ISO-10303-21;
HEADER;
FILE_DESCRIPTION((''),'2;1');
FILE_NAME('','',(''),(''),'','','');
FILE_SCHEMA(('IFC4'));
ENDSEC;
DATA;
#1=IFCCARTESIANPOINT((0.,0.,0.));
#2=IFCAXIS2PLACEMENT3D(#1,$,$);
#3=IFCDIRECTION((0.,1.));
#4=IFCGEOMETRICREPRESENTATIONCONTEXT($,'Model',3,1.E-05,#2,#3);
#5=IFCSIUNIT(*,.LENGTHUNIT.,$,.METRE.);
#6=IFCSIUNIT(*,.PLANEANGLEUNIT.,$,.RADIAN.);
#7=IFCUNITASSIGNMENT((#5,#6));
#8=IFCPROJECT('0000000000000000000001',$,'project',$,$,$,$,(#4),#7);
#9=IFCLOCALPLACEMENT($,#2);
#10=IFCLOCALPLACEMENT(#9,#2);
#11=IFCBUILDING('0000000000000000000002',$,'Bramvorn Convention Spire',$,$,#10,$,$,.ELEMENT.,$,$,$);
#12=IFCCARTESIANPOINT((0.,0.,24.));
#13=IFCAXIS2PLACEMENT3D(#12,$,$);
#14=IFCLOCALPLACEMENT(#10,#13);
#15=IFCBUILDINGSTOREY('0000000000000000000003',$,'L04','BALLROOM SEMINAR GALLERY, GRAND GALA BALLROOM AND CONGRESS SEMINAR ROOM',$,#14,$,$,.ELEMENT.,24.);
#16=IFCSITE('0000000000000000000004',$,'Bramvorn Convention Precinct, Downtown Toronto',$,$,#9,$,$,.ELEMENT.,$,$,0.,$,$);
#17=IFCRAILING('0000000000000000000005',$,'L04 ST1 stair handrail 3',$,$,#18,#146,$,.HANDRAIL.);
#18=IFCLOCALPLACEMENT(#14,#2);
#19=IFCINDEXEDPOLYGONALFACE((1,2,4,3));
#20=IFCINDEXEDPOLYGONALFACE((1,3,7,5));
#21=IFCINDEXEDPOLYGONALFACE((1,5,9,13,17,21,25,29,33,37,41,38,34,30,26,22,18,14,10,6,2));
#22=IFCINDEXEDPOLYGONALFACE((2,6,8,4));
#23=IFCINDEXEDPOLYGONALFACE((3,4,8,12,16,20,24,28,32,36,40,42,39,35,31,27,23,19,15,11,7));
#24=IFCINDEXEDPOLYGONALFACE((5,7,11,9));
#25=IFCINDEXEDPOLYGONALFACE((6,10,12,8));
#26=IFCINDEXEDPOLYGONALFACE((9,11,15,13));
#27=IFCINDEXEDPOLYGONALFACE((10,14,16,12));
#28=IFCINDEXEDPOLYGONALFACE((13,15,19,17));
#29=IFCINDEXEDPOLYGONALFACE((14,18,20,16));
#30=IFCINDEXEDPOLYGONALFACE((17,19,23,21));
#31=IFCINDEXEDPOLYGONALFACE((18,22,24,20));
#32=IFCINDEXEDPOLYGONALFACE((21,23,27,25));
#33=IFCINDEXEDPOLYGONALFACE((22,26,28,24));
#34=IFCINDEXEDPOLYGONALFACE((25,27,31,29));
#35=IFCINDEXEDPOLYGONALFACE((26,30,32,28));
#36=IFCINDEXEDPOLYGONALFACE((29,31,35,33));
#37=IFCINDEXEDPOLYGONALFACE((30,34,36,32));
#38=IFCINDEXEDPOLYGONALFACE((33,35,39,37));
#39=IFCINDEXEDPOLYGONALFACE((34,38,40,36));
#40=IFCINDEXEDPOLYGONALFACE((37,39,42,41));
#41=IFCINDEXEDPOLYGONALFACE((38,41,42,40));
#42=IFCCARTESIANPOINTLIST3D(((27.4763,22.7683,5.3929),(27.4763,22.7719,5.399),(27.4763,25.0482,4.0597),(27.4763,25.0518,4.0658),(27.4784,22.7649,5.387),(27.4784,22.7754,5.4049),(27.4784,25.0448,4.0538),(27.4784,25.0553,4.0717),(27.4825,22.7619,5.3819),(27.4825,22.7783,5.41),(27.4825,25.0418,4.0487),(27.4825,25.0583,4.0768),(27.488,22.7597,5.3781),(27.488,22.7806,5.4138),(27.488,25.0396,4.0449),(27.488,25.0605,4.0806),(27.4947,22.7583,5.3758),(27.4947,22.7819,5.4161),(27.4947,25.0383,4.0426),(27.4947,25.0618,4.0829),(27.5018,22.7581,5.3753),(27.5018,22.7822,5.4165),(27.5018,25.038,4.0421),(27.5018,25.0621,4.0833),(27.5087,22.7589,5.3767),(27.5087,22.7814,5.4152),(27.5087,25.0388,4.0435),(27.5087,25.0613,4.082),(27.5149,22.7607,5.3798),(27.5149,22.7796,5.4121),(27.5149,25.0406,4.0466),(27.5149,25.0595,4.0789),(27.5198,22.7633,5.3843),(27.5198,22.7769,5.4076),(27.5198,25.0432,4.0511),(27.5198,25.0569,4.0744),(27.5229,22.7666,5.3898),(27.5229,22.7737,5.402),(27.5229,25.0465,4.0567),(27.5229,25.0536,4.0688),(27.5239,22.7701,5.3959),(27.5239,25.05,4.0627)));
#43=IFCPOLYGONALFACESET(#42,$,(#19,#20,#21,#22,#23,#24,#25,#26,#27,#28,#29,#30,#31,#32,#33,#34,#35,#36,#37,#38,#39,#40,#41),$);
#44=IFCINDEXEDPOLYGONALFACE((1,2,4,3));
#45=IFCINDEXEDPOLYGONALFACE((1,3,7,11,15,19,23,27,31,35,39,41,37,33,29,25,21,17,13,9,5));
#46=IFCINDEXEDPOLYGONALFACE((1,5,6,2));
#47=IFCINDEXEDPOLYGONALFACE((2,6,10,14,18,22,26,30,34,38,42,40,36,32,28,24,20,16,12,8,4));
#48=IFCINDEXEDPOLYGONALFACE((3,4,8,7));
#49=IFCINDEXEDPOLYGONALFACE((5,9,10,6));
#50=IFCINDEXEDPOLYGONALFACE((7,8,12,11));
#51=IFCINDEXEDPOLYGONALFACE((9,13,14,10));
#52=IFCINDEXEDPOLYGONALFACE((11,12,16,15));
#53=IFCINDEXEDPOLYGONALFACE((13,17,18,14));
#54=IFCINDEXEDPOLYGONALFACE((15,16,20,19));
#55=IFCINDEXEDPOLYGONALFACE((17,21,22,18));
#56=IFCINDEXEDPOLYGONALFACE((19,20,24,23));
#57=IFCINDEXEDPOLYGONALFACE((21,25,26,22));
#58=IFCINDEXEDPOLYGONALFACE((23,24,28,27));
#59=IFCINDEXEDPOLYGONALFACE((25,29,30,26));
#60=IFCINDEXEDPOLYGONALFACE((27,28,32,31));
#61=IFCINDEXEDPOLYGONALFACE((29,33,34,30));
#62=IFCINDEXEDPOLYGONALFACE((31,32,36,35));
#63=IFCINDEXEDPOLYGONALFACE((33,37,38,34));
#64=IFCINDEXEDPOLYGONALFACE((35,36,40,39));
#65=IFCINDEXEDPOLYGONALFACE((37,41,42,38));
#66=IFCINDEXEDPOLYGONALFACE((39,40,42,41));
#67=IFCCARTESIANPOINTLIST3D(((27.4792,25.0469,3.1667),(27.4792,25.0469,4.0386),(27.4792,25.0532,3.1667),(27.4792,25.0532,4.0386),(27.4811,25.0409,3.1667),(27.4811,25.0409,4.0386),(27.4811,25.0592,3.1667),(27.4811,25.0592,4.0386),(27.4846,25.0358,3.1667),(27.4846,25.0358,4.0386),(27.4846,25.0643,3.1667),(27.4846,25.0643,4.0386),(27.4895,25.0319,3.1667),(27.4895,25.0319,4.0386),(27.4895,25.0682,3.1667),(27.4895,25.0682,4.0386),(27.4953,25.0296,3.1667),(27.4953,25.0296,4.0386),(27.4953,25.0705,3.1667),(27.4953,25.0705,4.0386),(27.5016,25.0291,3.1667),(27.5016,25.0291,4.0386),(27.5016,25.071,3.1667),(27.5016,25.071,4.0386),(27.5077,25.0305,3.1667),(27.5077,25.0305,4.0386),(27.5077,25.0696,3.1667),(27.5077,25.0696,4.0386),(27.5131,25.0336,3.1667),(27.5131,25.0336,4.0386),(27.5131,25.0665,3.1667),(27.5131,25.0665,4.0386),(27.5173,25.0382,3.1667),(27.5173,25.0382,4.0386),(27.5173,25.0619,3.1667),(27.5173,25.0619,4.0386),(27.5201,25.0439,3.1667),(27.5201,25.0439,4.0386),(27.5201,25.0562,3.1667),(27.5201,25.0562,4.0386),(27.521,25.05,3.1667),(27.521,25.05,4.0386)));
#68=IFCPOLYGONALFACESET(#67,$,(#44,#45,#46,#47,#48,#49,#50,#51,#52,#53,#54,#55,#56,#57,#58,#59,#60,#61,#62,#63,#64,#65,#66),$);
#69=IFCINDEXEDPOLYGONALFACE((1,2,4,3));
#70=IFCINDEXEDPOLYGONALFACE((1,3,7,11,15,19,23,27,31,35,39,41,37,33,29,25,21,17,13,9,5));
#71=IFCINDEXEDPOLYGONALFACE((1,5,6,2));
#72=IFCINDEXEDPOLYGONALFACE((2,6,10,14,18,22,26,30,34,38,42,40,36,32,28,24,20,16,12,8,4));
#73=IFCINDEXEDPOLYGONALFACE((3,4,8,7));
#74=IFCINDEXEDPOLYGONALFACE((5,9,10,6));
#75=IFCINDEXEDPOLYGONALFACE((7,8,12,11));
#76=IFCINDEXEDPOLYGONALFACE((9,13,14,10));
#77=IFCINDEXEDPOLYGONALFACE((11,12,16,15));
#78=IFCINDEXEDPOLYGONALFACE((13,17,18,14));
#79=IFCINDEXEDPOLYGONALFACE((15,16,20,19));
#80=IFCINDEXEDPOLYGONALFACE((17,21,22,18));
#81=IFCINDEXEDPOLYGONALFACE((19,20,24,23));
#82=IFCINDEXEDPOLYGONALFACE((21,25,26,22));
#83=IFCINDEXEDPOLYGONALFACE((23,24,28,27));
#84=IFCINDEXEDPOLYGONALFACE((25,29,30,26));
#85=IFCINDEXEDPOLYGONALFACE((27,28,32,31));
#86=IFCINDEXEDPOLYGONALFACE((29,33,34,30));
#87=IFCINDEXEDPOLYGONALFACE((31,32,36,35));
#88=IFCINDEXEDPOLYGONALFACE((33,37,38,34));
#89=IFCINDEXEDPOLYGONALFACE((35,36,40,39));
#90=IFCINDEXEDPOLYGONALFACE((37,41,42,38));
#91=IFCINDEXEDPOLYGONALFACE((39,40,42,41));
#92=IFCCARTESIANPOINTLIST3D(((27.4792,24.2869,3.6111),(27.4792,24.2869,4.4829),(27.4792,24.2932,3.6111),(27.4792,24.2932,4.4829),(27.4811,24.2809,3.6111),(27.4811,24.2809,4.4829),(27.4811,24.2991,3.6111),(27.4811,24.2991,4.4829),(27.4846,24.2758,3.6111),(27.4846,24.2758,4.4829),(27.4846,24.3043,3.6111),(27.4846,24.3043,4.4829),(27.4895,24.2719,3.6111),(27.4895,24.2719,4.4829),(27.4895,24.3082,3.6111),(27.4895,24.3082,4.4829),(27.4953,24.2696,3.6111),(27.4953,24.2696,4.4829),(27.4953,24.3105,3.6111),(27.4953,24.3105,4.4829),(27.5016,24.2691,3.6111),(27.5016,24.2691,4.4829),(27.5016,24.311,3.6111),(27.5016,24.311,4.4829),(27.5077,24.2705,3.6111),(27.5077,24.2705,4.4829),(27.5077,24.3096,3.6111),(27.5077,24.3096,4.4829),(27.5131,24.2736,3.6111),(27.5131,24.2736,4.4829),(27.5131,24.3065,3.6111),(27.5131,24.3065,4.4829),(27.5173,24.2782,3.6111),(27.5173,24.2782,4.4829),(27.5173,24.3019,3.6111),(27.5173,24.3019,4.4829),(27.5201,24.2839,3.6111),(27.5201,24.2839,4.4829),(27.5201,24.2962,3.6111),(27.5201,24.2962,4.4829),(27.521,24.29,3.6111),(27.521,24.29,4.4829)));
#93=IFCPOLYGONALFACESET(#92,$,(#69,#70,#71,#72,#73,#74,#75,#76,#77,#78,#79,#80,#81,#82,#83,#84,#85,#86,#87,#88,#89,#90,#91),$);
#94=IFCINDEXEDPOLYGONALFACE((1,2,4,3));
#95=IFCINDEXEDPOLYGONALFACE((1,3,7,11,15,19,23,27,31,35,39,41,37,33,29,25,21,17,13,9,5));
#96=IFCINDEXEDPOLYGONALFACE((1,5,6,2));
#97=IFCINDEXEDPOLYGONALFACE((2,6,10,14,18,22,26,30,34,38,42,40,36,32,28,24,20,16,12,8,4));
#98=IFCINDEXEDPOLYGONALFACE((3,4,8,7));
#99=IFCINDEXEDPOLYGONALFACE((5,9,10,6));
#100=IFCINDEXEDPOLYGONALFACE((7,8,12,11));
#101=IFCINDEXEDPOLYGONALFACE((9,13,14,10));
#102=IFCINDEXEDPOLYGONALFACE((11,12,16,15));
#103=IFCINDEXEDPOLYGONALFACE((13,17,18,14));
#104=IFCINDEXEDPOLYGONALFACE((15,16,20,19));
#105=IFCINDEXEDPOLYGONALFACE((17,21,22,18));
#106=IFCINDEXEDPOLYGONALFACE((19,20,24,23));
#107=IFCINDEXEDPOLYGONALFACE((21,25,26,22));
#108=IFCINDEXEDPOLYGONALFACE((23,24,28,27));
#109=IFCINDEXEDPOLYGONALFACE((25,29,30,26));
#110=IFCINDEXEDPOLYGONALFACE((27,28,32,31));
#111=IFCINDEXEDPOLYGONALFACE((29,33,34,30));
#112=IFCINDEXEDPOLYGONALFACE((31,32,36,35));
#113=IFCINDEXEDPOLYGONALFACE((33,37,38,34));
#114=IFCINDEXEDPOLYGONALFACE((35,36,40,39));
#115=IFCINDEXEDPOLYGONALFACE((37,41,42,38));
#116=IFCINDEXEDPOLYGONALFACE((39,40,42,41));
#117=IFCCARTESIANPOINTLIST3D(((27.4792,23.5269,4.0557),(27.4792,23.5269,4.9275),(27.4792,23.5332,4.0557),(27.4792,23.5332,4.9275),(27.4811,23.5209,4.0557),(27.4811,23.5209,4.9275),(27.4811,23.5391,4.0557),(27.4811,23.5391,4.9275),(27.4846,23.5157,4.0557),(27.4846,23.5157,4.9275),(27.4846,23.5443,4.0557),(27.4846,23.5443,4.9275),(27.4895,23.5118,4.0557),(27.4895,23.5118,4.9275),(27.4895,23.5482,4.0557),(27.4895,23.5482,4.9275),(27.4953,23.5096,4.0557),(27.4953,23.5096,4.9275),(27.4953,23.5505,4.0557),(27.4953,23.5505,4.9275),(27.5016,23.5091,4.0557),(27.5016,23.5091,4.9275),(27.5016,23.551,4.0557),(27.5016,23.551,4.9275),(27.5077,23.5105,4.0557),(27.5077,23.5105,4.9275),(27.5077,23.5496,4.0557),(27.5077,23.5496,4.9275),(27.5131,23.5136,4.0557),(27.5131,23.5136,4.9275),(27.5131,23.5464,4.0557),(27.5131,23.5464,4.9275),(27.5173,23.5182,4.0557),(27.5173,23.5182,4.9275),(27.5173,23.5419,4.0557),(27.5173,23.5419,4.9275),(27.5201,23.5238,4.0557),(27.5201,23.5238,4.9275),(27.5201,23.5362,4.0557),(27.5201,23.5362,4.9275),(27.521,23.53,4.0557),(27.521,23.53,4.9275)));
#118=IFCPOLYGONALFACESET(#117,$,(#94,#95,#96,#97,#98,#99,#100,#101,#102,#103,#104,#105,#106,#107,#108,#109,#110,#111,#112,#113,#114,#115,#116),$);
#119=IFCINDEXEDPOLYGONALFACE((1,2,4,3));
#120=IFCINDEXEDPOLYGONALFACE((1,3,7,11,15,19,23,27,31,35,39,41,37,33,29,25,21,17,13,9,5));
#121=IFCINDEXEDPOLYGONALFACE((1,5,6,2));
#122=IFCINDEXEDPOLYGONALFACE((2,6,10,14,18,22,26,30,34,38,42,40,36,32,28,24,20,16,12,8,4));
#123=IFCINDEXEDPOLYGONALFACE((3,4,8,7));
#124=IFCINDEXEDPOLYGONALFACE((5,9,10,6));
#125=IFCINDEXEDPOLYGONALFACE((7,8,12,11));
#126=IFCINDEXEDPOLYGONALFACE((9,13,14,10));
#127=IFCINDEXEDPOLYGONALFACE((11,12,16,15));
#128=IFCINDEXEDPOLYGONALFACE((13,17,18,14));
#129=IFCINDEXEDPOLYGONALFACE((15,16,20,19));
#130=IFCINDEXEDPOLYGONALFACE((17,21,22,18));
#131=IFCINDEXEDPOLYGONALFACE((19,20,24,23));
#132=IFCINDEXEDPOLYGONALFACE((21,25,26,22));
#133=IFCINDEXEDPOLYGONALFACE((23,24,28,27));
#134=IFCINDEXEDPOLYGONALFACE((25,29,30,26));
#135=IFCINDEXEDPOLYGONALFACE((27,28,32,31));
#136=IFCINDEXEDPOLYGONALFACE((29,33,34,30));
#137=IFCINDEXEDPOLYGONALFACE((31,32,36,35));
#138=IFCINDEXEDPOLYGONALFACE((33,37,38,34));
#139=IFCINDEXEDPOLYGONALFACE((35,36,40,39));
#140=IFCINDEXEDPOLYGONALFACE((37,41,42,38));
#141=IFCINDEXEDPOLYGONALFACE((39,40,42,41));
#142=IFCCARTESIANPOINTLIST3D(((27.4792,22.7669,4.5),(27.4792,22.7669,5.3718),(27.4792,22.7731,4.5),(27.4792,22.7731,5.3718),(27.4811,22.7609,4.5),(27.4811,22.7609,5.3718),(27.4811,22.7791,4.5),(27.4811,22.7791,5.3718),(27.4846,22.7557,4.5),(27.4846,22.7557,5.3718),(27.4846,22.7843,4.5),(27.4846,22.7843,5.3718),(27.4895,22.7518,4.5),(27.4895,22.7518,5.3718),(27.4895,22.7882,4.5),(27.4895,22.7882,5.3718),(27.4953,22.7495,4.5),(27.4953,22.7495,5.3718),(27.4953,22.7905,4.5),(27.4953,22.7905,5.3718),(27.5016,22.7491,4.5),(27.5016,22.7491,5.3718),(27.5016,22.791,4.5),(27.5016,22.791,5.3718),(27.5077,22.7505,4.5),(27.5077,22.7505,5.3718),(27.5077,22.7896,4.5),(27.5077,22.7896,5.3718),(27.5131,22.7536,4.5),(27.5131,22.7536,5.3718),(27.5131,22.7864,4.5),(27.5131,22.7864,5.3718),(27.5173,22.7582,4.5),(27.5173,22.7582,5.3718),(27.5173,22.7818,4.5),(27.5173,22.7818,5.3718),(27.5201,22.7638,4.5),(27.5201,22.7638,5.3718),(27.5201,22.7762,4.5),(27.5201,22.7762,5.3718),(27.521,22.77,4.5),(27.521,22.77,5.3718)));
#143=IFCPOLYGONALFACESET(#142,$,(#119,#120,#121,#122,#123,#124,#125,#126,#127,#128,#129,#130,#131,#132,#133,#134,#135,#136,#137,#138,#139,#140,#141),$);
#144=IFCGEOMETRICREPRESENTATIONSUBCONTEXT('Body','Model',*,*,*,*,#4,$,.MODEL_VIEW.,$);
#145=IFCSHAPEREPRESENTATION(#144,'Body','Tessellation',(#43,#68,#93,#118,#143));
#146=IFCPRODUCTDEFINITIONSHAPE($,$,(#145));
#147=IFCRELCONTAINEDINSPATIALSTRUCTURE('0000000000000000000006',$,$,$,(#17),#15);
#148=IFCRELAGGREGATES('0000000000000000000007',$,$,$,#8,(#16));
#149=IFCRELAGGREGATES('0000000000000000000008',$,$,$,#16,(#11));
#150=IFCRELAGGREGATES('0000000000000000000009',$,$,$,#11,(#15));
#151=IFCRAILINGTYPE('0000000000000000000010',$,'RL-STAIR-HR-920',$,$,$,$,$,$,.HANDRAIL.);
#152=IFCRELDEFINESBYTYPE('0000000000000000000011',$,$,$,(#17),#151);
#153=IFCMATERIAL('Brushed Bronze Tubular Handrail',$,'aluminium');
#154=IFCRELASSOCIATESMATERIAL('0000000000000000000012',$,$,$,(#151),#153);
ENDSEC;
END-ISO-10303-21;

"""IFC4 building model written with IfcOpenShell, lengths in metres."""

from ifc_helpers import new_model, si_unit, direction, frame, origin, origin_2d, place, context, subcontext, project, spatial, circle, extrude, material, type_object, element, save


model = new_model("IFC4")

# Units and contexts
model_context = context("Model", 3, precision=1e-05, world=origin(), true_north=direction((0.0, 1.0)))
body_context = subcontext(model_context, "Body", "Model", "MODEL_VIEW")
ifc_project = project(units=[si_unit("LENGTHUNIT", "METRE"), si_unit("PLANEANGLEUNIT", "RADIAN")], contexts=[model_context])

# Site, building, storey
site_placement = place(None, origin())
site = spatial("IfcSite", under=ifc_project, at=site_placement, Name="Bramvorn Convention Precinct, Downtown Toronto", CompositionType="ELEMENT", RefElevation=0.0)
building_placement = place(site_placement, origin())
building = spatial("IfcBuilding", under=site, at=building_placement, Name="Bramvorn Convention Spire", CompositionType="ELEMENT")
storey_placement = place(building_placement, frame((0.0, 0.0, 24.0)))
storey = spatial("IfcBuildingStorey", under=building, at=storey_placement, Name="L04", Description="BALLROOM SEMINAR GALLERY, GRAND GALA BALLROOM AND CONGRESS SEMINAR ROOM", CompositionType="ELEMENT", Elevation=24.0)

# Railing
ifc_material_1 = material(Name="Brushed Bronze Tubular Handrail", Category="aluminium")
railing_type_1 = type_object("IfcRailingType", Name="RL-STAIR-HR-920", PredefinedType="HANDRAIL", material=ifc_material_1)
railing_1_placement = place(storey_placement, frame((27.5, 25.05, 3.1667)))
element("IfcRailing", 1, at=railing_1_placement, inside=storey, type_object=railing_type_1, Name="L04 ST1 stair handrail 3", PredefinedType="HANDRAIL", context=body_context, shape_type="SweptSolid", body=[
    extrude(circle(Radius=0.0239, at=origin_2d()), frame((0.0, 0.0, 0.896), z_axis=(0.0, -0.863245, 0.504785), x_axis=(1.0, 0.0, 0.0)), (0.0, 0.0, 1.0), 2.6411),
    extrude(circle(Radius=0.021, at=origin_2d()), origin(), (0.0, 0.0, 1.0), 0.8718),
    extrude(circle(Radius=0.021, at=origin_2d()), frame((0.0, -0.76, 0.4443)), (0.0, 0.0, 1.0), 0.8718),
    extrude(circle(Radius=0.021, at=origin_2d()), frame((0.0, -1.52, 0.8889)), (0.0, 0.0, 1.0), 0.8718),
    extrude(circle(Radius=0.021, at=origin_2d()), frame((0.0, -2.28, 1.3333)), (0.0, 0.0, 1.0), 0.8718),
])

save(model, "model.ifc")
